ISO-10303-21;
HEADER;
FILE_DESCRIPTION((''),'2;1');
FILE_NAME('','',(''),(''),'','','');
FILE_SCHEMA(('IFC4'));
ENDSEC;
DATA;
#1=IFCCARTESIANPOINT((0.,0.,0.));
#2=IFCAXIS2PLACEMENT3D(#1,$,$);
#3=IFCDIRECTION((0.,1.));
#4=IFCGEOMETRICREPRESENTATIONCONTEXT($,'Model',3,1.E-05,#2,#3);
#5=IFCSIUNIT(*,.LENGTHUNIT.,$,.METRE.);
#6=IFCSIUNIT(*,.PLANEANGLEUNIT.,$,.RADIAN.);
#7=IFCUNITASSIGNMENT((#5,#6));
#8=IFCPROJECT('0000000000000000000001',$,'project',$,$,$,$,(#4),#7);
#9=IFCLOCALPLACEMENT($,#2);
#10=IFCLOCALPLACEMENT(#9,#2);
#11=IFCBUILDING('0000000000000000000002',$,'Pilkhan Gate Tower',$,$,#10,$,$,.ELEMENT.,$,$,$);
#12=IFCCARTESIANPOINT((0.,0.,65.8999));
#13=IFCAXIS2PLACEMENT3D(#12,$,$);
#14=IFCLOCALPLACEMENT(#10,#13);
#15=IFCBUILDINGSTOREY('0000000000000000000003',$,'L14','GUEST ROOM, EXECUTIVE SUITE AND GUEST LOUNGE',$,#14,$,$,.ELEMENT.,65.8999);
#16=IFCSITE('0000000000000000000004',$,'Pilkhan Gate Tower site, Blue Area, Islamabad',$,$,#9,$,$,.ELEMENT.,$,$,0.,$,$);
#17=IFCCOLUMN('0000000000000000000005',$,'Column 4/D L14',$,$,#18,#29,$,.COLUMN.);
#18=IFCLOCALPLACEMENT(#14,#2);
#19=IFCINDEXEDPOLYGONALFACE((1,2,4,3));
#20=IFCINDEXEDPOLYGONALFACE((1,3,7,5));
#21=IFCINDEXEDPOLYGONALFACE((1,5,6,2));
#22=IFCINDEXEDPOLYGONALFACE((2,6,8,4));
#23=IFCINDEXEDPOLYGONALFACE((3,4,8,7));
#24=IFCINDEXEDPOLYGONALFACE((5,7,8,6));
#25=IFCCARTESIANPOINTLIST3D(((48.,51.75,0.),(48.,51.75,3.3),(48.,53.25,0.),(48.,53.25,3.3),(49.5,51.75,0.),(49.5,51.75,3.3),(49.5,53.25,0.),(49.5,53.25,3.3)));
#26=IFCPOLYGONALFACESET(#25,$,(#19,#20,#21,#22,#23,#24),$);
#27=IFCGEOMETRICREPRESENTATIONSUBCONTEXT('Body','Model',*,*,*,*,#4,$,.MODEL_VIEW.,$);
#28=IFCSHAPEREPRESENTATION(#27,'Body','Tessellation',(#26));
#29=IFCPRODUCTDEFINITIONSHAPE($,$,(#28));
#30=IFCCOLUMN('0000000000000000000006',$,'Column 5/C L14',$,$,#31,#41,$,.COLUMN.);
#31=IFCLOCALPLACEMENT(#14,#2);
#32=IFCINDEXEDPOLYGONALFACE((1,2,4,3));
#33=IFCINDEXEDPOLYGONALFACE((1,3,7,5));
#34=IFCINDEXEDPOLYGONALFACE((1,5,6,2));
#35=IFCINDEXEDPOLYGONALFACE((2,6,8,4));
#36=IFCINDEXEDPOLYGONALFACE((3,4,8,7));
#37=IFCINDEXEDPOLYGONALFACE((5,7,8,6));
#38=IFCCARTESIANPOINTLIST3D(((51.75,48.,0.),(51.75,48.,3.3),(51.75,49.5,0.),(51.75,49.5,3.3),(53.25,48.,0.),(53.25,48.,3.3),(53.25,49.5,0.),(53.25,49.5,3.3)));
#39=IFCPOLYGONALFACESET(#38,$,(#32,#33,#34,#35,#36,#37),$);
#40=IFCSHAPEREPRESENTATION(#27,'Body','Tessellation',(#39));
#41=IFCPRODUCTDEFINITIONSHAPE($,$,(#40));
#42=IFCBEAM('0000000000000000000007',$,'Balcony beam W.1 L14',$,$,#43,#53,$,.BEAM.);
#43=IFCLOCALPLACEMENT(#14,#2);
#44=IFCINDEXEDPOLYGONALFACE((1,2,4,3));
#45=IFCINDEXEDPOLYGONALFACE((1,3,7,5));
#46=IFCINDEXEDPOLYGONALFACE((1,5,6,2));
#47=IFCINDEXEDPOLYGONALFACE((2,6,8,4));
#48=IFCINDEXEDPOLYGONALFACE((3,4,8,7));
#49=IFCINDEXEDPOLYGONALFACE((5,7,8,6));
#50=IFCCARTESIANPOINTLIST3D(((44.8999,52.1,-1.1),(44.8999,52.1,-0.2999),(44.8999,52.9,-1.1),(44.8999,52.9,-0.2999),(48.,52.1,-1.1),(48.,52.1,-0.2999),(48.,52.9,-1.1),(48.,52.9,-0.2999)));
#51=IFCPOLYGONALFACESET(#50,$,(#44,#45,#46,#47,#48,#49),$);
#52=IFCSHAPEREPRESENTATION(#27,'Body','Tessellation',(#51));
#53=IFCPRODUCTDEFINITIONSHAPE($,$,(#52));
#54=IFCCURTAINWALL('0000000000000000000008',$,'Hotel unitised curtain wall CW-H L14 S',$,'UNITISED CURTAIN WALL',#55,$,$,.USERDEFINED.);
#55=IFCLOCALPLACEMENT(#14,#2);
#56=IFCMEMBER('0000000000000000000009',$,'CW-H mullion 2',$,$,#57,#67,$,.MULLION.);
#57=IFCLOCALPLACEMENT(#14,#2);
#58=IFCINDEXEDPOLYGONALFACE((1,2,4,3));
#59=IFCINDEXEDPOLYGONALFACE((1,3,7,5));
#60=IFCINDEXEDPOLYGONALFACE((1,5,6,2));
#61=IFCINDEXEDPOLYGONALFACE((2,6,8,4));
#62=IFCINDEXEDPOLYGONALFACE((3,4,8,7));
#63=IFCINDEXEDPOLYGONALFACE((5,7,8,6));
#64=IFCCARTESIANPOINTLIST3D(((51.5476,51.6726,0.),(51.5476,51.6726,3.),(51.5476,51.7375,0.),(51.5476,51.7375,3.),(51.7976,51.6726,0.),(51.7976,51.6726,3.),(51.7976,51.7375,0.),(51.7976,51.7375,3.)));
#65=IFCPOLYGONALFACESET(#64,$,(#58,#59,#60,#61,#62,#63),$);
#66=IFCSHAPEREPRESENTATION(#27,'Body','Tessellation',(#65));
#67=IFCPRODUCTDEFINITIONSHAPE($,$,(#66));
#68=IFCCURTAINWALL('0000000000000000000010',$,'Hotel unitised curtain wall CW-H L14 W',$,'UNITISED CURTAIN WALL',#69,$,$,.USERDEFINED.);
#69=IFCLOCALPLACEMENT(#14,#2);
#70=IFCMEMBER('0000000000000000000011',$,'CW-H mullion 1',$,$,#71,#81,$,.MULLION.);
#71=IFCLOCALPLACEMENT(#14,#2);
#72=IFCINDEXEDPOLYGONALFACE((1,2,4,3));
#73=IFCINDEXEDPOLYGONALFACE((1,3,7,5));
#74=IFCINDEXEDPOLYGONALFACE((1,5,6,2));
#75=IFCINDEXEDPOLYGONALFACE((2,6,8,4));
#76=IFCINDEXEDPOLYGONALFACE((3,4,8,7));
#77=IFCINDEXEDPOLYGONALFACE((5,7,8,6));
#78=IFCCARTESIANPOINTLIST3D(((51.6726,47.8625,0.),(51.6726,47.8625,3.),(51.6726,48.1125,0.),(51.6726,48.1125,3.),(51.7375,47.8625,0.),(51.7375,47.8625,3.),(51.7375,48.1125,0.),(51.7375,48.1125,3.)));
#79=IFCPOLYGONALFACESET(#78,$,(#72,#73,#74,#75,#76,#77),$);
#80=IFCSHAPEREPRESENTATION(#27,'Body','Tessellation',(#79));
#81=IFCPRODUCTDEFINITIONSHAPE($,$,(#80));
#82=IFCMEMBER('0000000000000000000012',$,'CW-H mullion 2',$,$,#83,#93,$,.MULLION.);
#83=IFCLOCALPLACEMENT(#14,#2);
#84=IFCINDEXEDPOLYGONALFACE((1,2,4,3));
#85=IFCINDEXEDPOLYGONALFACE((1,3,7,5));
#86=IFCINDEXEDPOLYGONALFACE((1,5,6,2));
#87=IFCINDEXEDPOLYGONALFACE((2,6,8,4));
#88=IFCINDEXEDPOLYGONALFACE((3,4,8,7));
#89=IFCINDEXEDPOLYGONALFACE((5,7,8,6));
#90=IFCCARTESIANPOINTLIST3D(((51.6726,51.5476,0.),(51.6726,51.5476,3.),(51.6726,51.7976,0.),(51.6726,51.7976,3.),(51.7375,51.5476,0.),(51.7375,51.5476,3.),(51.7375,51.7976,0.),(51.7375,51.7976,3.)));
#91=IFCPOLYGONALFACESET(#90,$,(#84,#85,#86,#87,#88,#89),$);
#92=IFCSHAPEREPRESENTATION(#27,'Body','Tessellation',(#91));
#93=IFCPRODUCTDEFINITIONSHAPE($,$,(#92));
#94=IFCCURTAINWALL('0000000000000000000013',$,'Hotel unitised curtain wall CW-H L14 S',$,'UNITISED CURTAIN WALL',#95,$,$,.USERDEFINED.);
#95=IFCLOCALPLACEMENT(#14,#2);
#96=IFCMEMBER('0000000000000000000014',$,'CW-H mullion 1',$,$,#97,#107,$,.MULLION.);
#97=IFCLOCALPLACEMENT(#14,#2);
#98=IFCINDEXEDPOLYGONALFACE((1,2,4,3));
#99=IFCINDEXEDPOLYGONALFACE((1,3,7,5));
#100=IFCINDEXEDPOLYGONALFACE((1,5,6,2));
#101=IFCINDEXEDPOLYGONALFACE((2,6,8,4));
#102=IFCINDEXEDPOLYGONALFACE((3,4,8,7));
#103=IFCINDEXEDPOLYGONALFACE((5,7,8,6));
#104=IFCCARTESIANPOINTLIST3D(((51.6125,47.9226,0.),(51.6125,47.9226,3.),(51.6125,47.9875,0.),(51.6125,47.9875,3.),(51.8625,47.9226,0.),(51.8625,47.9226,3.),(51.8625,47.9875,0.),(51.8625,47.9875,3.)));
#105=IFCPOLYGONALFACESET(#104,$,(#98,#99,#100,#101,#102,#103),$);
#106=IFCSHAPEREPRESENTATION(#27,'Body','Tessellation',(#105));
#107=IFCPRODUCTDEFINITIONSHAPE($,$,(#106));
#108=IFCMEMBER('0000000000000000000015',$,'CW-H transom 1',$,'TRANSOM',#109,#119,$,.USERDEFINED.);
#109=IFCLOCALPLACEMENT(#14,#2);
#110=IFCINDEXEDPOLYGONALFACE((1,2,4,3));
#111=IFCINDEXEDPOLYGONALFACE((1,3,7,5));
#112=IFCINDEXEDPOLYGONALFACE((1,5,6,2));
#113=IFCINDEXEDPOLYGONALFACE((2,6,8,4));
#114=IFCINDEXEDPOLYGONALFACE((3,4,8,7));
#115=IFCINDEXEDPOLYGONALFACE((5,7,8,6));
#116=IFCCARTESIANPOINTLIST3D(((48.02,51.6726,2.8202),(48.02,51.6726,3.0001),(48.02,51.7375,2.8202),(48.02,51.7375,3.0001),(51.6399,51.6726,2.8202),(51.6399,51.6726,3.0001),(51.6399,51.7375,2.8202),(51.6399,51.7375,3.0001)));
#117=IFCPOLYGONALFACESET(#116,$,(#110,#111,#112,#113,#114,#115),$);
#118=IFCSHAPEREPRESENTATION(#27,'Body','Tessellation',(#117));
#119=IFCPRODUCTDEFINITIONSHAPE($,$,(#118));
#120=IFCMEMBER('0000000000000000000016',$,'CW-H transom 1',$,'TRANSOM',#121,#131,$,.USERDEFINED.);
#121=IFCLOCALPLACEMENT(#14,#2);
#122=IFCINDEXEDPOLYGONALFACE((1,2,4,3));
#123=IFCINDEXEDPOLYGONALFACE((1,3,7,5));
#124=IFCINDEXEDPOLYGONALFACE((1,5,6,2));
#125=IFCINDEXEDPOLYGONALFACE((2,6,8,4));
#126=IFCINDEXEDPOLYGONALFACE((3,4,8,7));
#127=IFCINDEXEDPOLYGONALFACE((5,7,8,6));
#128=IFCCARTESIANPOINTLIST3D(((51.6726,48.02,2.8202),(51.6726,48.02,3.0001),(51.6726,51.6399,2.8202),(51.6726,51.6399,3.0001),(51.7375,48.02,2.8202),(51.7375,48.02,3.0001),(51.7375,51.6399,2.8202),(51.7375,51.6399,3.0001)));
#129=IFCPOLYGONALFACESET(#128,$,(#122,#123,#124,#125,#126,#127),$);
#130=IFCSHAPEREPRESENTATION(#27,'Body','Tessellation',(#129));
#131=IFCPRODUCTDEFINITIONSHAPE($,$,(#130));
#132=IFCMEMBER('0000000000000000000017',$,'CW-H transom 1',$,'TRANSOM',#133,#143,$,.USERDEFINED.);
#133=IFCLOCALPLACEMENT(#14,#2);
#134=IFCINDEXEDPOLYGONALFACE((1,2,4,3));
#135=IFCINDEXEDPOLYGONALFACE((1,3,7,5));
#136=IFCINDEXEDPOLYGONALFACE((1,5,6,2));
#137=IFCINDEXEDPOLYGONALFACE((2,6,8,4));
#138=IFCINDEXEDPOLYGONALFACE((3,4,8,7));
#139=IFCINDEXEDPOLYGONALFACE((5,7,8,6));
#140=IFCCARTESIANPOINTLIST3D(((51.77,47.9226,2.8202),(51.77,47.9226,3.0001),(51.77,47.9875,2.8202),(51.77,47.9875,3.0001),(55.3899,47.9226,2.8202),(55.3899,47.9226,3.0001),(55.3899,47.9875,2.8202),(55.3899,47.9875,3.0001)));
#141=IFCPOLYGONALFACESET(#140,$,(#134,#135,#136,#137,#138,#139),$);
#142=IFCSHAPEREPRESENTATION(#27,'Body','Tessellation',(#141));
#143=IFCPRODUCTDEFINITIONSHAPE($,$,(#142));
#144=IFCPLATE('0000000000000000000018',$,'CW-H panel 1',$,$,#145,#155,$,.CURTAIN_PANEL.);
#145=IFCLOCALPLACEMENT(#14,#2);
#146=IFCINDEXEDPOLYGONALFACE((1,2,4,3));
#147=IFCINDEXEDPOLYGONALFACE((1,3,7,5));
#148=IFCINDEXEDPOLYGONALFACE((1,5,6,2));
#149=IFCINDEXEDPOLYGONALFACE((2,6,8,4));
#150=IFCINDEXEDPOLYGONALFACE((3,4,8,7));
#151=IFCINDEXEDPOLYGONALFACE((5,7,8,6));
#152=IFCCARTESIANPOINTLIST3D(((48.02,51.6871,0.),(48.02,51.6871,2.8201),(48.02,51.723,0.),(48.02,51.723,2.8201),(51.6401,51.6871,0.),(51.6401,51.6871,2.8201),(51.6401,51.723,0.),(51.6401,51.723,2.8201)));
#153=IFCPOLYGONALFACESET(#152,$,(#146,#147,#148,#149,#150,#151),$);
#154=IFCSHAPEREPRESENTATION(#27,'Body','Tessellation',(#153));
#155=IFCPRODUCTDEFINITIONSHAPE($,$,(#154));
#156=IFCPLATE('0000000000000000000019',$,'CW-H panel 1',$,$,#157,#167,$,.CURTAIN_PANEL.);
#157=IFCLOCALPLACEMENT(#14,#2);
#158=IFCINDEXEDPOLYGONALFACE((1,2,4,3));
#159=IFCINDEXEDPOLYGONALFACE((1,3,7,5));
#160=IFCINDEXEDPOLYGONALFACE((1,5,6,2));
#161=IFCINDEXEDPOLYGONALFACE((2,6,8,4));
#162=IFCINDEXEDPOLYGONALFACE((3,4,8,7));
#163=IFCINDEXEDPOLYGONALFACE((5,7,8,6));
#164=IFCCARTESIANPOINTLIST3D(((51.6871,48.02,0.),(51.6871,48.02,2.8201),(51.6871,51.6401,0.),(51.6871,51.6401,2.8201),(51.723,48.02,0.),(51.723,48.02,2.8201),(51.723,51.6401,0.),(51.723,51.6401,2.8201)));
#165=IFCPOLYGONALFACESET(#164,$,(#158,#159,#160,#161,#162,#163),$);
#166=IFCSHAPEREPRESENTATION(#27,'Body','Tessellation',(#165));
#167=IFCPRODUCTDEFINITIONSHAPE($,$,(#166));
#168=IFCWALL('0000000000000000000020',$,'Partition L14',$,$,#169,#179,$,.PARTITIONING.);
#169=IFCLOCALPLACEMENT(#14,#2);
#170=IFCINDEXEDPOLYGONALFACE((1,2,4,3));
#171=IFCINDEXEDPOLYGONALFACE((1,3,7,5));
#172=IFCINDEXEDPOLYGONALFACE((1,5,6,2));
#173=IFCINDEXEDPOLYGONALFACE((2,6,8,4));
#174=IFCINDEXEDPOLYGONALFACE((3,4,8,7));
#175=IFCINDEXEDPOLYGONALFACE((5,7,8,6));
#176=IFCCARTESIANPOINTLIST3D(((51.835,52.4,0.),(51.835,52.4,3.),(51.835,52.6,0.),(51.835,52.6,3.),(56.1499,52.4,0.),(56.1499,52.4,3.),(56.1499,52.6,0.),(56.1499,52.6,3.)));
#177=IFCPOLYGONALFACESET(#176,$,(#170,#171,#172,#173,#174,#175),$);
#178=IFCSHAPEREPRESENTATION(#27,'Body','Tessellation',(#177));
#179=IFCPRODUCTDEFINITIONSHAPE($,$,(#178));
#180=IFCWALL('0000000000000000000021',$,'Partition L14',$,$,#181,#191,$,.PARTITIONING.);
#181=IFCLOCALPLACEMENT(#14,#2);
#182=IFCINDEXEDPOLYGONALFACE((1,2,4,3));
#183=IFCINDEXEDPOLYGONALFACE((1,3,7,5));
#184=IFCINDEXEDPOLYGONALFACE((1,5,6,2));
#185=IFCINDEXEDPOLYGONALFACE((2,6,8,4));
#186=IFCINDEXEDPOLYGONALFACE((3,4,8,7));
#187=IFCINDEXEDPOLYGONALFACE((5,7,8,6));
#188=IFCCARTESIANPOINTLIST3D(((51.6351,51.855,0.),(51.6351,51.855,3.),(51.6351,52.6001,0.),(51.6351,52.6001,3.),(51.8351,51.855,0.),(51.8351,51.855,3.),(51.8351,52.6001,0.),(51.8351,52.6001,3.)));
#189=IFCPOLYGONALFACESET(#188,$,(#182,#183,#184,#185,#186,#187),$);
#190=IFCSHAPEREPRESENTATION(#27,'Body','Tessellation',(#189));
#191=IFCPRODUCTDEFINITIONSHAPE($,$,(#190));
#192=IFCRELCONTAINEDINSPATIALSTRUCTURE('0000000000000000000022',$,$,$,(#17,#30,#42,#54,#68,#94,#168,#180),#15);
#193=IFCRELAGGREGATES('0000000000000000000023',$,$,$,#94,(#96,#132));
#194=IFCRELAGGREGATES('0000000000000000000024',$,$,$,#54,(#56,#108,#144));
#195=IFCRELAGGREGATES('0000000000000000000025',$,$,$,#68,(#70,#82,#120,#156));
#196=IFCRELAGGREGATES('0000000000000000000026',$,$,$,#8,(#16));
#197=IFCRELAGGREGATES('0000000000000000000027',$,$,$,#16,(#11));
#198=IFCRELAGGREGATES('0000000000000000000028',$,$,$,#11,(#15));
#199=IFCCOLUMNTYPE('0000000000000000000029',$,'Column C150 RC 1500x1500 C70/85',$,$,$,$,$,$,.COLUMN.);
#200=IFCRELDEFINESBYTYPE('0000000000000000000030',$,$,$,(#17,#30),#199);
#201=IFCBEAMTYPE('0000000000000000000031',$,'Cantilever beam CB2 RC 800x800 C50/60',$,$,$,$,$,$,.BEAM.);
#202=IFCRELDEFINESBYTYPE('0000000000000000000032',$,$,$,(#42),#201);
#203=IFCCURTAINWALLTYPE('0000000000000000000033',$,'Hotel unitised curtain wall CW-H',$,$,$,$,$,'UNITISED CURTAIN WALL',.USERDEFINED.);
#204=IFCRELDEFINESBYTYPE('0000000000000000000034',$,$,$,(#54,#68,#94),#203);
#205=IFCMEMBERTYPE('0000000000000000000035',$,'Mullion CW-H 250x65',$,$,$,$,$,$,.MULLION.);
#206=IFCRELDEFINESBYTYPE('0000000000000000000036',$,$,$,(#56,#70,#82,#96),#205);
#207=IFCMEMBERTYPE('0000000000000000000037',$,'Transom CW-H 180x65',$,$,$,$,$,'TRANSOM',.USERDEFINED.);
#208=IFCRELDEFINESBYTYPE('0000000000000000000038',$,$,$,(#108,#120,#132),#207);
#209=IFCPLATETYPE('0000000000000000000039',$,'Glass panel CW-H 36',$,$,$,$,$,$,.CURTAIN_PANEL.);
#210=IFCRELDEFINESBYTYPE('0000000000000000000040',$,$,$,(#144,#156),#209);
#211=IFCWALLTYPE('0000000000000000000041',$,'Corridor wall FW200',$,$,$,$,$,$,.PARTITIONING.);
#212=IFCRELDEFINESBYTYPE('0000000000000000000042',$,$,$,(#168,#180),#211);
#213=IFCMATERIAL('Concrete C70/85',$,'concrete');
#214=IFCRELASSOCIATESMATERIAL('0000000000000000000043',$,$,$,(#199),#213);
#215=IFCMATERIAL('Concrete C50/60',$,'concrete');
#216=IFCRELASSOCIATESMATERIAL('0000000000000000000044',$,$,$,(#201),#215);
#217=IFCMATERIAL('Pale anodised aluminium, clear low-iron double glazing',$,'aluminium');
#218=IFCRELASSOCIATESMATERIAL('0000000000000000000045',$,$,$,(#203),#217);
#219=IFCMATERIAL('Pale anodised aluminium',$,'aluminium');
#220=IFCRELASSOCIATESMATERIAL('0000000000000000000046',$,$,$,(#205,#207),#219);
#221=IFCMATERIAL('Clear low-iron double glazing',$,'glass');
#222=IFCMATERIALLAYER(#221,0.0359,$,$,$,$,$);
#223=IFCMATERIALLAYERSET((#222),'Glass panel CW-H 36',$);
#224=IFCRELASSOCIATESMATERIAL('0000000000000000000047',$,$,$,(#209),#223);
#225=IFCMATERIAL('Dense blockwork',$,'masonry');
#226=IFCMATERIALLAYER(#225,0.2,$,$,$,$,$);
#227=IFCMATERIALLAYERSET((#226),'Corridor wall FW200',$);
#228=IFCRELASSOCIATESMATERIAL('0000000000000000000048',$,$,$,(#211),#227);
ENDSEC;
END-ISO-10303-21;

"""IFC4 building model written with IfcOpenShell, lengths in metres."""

from ifc_helpers import new_model, si_unit, direction, frame, frame_2d, origin, origin_2d, place, context, subcontext, project, spatial, rectangle, extrude, material, layer, layer_set, material_profile, profile_set, type_object, element, aggregate, save


model = new_model("IFC4")

# Units and contexts
model_context = context("Model", 3, precision=1e-05, world=origin(), true_north=direction((0.0, 1.0)))
body_context = subcontext(model_context, "Body", "Model", "MODEL_VIEW")
ifc_project = project(units=[si_unit("LENGTHUNIT", "METRE"), si_unit("PLANEANGLEUNIT", "RADIAN")], contexts=[model_context])

# Site, building, storey
site_placement = place(None, origin())
site = spatial("IfcSite", under=ifc_project, at=site_placement, Name="Pilkhan Gate Tower site, Blue Area, Islamabad", CompositionType="ELEMENT", RefElevation=0.0)
building_placement = place(site_placement, origin())
building = spatial("IfcBuilding", under=site, at=building_placement, Name="Pilkhan Gate Tower", CompositionType="ELEMENT")
storey_placement = place(building_placement, frame((0.0, 0.0, 65.8999)))
storey = spatial("IfcBuildingStorey", under=building, at=storey_placement, Name="L14", Description="GUEST ROOM, EXECUTIVE SUITE AND GUEST LOUNGE", CompositionType="ELEMENT", Elevation=65.8999)

# Columns
ifc_material_1 = material(Name="Concrete C70/85", Category="concrete")
ifc_material_profile_1 = material_profile(ifc_material_1, rectangle(XDim=1.5, YDim=1.5, at=origin_2d()), Name="RC 1500x1500")
ifc_profile_set_1 = profile_set([ifc_material_profile_1], Name="Concrete C70/85")
column_type = type_object("IfcColumnType", Name="Column C150 RC 1500x1500 C70/85", PredefinedType="COLUMN", material=ifc_profile_set_1)
for number, where, z_axis, x_axis, name in (
    (1, (48.75, 52.5, 0.0), (0.0, 0.0, 1.0), (1.0, 0.0, 0.0), "Column 4/D L14"),
    (2, (52.5, 48.75, 0.0), (0.0, 0.0, 1.0), (1.0, 0.0, 0.0), "Column 5/C L14"),
):
    element("IfcColumn", number, at=place(storey_placement, frame(where, z_axis=z_axis, x_axis=x_axis)), inside=storey, type_object=column_type, Name=name, PredefinedType="COLUMN", context=body_context, shape_type="SweptSolid", body=[
        extrude(rectangle(XDim=1.5, YDim=1.5, at=origin_2d()), origin(), (0.0, 0.0, 1.0), 3.3),
    ])

# Beam
ifc_material_2 = material(Name="Concrete C50/60", Category="concrete")
ifc_material_profile_2 = material_profile(ifc_material_2, rectangle(XDim=0.8, YDim=0.8, at=origin_2d()), Name="RC 800x800")
ifc_profile_set_2 = profile_set([ifc_material_profile_2], Name="Concrete C50/60")
beam_type = type_object("IfcBeamType", Name="Cantilever beam CB2 RC 800x800 C50/60", PredefinedType="BEAM", material=ifc_profile_set_2)
beam_placement = place(storey_placement, frame((48.0, 52.5, -0.7), z_axis=(-1.0, 0.0, 0.0), x_axis=(0.0, -1.0, 0.0)))
element("IfcBeam", 3, at=beam_placement, inside=storey, type_object=beam_type, Name="Balcony beam W.1 L14", PredefinedType="BEAM", context=body_context, shape_type="SweptSolid", body=[
    extrude(rectangle(XDim=0.8, YDim=0.8, at=origin_2d()), origin(), (0.0, 0.0, 1.0), 3.1001),
])

# Curtain wall, member
ifc_material_3 = material(Name="Pale anodised aluminium, clear low-iron double glazing", Category="aluminium")
curtain_wall_type = type_object("IfcCurtainWallType", Name="Hotel unitised curtain wall CW-H", ElementType="UNITISED CURTAIN WALL", PredefinedType="USERDEFINED", material=ifc_material_3)
curtain_wall_1_placement = place(storey_placement, origin())
curtain_wall_1 = element("IfcCurtainWall", 4, at=curtain_wall_1_placement, inside=storey, type_object=curtain_wall_type, Name="Hotel unitised curtain wall CW-H L14 S", ObjectType="UNITISED CURTAIN WALL", PredefinedType="USERDEFINED")
ifc_material_4 = material(Name="Pale anodised aluminium", Category="aluminium")
ifc_material_profile_3 = material_profile(ifc_material_4, rectangle(XDim=0.0649, YDim=0.25, at=origin_2d()), Name="Mullion 250x65")
ifc_profile_set_3 = profile_set([ifc_material_profile_3], Name="Pale anodised aluminium")
member_type_1 = type_object("IfcMemberType", Name="Mullion CW-H 250x65", PredefinedType="MULLION", material=ifc_profile_set_3)
member_1_placement = place(storey_placement, frame((51.6726, 51.7051, 0.0), z_axis=(0.0, 0.0, 1.0), x_axis=(0.0, 1.0, 0.0)))
member_1 = element("IfcMember", 5, at=member_1_placement, type_object=member_type_1, Name="CW-H mullion 2", PredefinedType="MULLION", context=body_context, shape_type="SweptSolid", body=[
    extrude(rectangle(XDim=0.0649, YDim=0.25, at=origin_2d()), origin(), (0.0, 0.0, 1.0), 3.0),
])

# Curtain wall, members
curtain_wall_2_placement = place(storey_placement, origin())
curtain_wall_2 = element("IfcCurtainWall", 6, at=curtain_wall_2_placement, inside=storey, type_object=curtain_wall_type, Name="Hotel unitised curtain wall CW-H L14 W", ObjectType="UNITISED CURTAIN WALL", PredefinedType="USERDEFINED")
member_2_placement = place(storey_placement, frame((51.7051, 47.9875, 0.0), z_axis=(0.0, 0.0, 1.0), x_axis=(-1.0, 0.0, 0.0)))
member_2 = element("IfcMember", 7, at=member_2_placement, type_object=member_type_1, Name="CW-H mullion 1", PredefinedType="MULLION", context=body_context, shape_type="SweptSolid", body=[
    extrude(rectangle(XDim=0.0649, YDim=0.25, at=origin_2d()), origin(), (0.0, 0.0, 1.0), 3.0),
])
member_3_placement = place(storey_placement, frame((51.7051, 51.6726, 0.0), z_axis=(0.0, 0.0, 1.0), x_axis=(-1.0, 0.0, 0.0)))
member_3 = element("IfcMember", 8, at=member_3_placement, type_object=member_type_1, Name="CW-H mullion 2", PredefinedType="MULLION", context=body_context, shape_type="SweptSolid", body=[
    extrude(rectangle(XDim=0.0649, YDim=0.25, at=origin_2d()), origin(), (0.0, 0.0, 1.0), 3.0),
])

# Curtain wall, member
curtain_wall_3_placement = place(storey_placement, origin())
curtain_wall_3 = element("IfcCurtainWall", 9, at=curtain_wall_3_placement, inside=storey, type_object=curtain_wall_type, Name="Hotel unitised curtain wall CW-H L14 S", ObjectType="UNITISED CURTAIN WALL", PredefinedType="USERDEFINED")
member_4_placement = place(storey_placement, frame((51.7375, 47.9551, 0.0), z_axis=(0.0, 0.0, 1.0), x_axis=(0.0, 1.0, 0.0)))
member_4 = element("IfcMember", 10, at=member_4_placement, type_object=member_type_1, Name="CW-H mullion 1", PredefinedType="MULLION", context=body_context, shape_type="SweptSolid", body=[
    extrude(rectangle(XDim=0.0649, YDim=0.25, at=origin_2d()), origin(), (0.0, 0.0, 1.0), 3.0),
])

# Members
ifc_material_profile_4 = material_profile(ifc_material_4, rectangle(XDim=0.0649, YDim=0.1799, at=origin_2d()), Name="Transom 180x65")
ifc_profile_set_4 = profile_set([ifc_material_profile_4], Name="Pale anodised aluminium")
member_type_2 = type_object("IfcMemberType", Name="Transom CW-H 180x65", ElementType="TRANSOM", PredefinedType="USERDEFINED", material=ifc_profile_set_4)
member_5_placement = place(storey_placement, frame((48.02, 51.7051, 2.9102), z_axis=(1.0, 0.0, 0.0), x_axis=(0.0, 1.0, 0.0)))
member_5 = element("IfcMember", 11, at=member_5_placement, type_object=member_type_2, Name="CW-H transom 1", ObjectType="TRANSOM", PredefinedType="USERDEFINED", context=body_context, shape_type="SweptSolid", body=[
    extrude(rectangle(XDim=0.0649, YDim=0.1799, at=origin_2d()), origin(), (0.0, 0.0, 1.0), 3.6199),
])
member_6_placement = place(storey_placement, frame((51.7051, 48.02, 2.9102), z_axis=(0.0, 1.0, 0.0), x_axis=(-1.0, 0.0, 0.0)))
member_6 = element("IfcMember", 12, at=member_6_placement, type_object=member_type_2, Name="CW-H transom 1", ObjectType="TRANSOM", PredefinedType="USERDEFINED", context=body_context, shape_type="SweptSolid", body=[
    extrude(rectangle(XDim=0.0649, YDim=0.1799, at=origin_2d()), origin(), (0.0, 0.0, 1.0), 3.6199),
])
member_7_placement = place(storey_placement, frame((51.77, 47.9551, 2.9102), z_axis=(1.0, 0.0, 0.0), x_axis=(0.0, 1.0, 0.0)))
member_7 = element("IfcMember", 13, at=member_7_placement, type_object=member_type_2, Name="CW-H transom 1", ObjectType="TRANSOM", PredefinedType="USERDEFINED", context=body_context, shape_type="SweptSolid", body=[
    extrude(rectangle(XDim=0.0649, YDim=0.1799, at=origin_2d()), origin(), (0.0, 0.0, 1.0), 3.6199),
])
aggregate(curtain_wall_3, [member_4, member_7])

# Plates
ifc_material_5 = material(Name="Clear low-iron double glazing", Category="glass")
ifc_layer_1 = layer(ifc_material_5, 0.0359)
ifc_layer_set_1 = layer_set([ifc_layer_1], Name="Glass panel CW-H 36")
plate_type = type_object("IfcPlateType", Name="Glass panel CW-H 36", PredefinedType="CURTAIN_PANEL", material=ifc_layer_set_1)
plate_1_placement = place(storey_placement, frame((49.8301, 51.7051, 0.0), z_axis=(0.0, 0.0, 1.0), x_axis=(1.0, 0.0, 0.0)))
plate_1 = element("IfcPlate", 14, at=plate_1_placement, type_object=plate_type, Name="CW-H panel 1", PredefinedType="CURTAIN_PANEL", context=body_context, shape_type="SweptSolid", body=[
    extrude(rectangle(XDim=3.6201, YDim=0.0359, at=origin_2d()), origin(), (0.0, 0.0, 1.0), 2.8201),
])
aggregate(curtain_wall_1, [member_1, member_5, plate_1])
plate_2_placement = place(storey_placement, frame((51.7051, 49.8301, 0.0), z_axis=(0.0, 0.0, 1.0), x_axis=(0.0, 1.0, 0.0)))
plate_2 = element("IfcPlate", 15, at=plate_2_placement, type_object=plate_type, Name="CW-H panel 1", PredefinedType="CURTAIN_PANEL", context=body_context, shape_type="SweptSolid", body=[
    extrude(rectangle(XDim=3.6201, YDim=0.0359, at=origin_2d()), origin(), (0.0, 0.0, 1.0), 2.8201),
])
aggregate(curtain_wall_2, [member_2, member_3, member_6, plate_2])

# Shared definitions
ifc_material_6 = material(Name="Dense blockwork", Category="masonry")
ifc_layer_2 = layer(ifc_material_6, 0.2)
ifc_layer_set_2 = layer_set([ifc_layer_2], Name="Corridor wall FW200")
wall_type_1 = type_object("IfcWallType", Name="Corridor wall FW200", PredefinedType="PARTITIONING", material=ifc_layer_set_2)

# Walls
wall_1_placement = place(storey_placement, frame((51.835, 52.5, 0.0), z_axis=(0.0, 0.0, 1.0), x_axis=(1.0, 0.0, 0.0)))
element("IfcWall", 16, at=wall_1_placement, inside=storey, type_object=wall_type_1, Name="Partition L14", PredefinedType="PARTITIONING", context=body_context, shape_type="SweptSolid", body=[
    extrude(rectangle(XDim=4.3149, YDim=0.2, at=frame_2d((2.1575, 0.0))), origin(), (0.0, 0.0, 1.0), 3.0),
])
wall_2_placement = place(storey_placement, frame((51.7351, 51.855, 0.0), z_axis=(0.0, 0.0, 1.0), x_axis=(0.0, 1.0, 0.0)))
element("IfcWall", 17, at=wall_2_placement, inside=storey, type_object=wall_type_1, Name="Partition L14", PredefinedType="PARTITIONING", context=body_context, shape_type="SweptSolid", body=[
    extrude(rectangle(XDim=0.7451, YDim=0.2, at=frame_2d((0.3726, 0.0))), origin(), (0.0, 0.0, 1.0), 3.0),
])

save(model, "model.ifc")
